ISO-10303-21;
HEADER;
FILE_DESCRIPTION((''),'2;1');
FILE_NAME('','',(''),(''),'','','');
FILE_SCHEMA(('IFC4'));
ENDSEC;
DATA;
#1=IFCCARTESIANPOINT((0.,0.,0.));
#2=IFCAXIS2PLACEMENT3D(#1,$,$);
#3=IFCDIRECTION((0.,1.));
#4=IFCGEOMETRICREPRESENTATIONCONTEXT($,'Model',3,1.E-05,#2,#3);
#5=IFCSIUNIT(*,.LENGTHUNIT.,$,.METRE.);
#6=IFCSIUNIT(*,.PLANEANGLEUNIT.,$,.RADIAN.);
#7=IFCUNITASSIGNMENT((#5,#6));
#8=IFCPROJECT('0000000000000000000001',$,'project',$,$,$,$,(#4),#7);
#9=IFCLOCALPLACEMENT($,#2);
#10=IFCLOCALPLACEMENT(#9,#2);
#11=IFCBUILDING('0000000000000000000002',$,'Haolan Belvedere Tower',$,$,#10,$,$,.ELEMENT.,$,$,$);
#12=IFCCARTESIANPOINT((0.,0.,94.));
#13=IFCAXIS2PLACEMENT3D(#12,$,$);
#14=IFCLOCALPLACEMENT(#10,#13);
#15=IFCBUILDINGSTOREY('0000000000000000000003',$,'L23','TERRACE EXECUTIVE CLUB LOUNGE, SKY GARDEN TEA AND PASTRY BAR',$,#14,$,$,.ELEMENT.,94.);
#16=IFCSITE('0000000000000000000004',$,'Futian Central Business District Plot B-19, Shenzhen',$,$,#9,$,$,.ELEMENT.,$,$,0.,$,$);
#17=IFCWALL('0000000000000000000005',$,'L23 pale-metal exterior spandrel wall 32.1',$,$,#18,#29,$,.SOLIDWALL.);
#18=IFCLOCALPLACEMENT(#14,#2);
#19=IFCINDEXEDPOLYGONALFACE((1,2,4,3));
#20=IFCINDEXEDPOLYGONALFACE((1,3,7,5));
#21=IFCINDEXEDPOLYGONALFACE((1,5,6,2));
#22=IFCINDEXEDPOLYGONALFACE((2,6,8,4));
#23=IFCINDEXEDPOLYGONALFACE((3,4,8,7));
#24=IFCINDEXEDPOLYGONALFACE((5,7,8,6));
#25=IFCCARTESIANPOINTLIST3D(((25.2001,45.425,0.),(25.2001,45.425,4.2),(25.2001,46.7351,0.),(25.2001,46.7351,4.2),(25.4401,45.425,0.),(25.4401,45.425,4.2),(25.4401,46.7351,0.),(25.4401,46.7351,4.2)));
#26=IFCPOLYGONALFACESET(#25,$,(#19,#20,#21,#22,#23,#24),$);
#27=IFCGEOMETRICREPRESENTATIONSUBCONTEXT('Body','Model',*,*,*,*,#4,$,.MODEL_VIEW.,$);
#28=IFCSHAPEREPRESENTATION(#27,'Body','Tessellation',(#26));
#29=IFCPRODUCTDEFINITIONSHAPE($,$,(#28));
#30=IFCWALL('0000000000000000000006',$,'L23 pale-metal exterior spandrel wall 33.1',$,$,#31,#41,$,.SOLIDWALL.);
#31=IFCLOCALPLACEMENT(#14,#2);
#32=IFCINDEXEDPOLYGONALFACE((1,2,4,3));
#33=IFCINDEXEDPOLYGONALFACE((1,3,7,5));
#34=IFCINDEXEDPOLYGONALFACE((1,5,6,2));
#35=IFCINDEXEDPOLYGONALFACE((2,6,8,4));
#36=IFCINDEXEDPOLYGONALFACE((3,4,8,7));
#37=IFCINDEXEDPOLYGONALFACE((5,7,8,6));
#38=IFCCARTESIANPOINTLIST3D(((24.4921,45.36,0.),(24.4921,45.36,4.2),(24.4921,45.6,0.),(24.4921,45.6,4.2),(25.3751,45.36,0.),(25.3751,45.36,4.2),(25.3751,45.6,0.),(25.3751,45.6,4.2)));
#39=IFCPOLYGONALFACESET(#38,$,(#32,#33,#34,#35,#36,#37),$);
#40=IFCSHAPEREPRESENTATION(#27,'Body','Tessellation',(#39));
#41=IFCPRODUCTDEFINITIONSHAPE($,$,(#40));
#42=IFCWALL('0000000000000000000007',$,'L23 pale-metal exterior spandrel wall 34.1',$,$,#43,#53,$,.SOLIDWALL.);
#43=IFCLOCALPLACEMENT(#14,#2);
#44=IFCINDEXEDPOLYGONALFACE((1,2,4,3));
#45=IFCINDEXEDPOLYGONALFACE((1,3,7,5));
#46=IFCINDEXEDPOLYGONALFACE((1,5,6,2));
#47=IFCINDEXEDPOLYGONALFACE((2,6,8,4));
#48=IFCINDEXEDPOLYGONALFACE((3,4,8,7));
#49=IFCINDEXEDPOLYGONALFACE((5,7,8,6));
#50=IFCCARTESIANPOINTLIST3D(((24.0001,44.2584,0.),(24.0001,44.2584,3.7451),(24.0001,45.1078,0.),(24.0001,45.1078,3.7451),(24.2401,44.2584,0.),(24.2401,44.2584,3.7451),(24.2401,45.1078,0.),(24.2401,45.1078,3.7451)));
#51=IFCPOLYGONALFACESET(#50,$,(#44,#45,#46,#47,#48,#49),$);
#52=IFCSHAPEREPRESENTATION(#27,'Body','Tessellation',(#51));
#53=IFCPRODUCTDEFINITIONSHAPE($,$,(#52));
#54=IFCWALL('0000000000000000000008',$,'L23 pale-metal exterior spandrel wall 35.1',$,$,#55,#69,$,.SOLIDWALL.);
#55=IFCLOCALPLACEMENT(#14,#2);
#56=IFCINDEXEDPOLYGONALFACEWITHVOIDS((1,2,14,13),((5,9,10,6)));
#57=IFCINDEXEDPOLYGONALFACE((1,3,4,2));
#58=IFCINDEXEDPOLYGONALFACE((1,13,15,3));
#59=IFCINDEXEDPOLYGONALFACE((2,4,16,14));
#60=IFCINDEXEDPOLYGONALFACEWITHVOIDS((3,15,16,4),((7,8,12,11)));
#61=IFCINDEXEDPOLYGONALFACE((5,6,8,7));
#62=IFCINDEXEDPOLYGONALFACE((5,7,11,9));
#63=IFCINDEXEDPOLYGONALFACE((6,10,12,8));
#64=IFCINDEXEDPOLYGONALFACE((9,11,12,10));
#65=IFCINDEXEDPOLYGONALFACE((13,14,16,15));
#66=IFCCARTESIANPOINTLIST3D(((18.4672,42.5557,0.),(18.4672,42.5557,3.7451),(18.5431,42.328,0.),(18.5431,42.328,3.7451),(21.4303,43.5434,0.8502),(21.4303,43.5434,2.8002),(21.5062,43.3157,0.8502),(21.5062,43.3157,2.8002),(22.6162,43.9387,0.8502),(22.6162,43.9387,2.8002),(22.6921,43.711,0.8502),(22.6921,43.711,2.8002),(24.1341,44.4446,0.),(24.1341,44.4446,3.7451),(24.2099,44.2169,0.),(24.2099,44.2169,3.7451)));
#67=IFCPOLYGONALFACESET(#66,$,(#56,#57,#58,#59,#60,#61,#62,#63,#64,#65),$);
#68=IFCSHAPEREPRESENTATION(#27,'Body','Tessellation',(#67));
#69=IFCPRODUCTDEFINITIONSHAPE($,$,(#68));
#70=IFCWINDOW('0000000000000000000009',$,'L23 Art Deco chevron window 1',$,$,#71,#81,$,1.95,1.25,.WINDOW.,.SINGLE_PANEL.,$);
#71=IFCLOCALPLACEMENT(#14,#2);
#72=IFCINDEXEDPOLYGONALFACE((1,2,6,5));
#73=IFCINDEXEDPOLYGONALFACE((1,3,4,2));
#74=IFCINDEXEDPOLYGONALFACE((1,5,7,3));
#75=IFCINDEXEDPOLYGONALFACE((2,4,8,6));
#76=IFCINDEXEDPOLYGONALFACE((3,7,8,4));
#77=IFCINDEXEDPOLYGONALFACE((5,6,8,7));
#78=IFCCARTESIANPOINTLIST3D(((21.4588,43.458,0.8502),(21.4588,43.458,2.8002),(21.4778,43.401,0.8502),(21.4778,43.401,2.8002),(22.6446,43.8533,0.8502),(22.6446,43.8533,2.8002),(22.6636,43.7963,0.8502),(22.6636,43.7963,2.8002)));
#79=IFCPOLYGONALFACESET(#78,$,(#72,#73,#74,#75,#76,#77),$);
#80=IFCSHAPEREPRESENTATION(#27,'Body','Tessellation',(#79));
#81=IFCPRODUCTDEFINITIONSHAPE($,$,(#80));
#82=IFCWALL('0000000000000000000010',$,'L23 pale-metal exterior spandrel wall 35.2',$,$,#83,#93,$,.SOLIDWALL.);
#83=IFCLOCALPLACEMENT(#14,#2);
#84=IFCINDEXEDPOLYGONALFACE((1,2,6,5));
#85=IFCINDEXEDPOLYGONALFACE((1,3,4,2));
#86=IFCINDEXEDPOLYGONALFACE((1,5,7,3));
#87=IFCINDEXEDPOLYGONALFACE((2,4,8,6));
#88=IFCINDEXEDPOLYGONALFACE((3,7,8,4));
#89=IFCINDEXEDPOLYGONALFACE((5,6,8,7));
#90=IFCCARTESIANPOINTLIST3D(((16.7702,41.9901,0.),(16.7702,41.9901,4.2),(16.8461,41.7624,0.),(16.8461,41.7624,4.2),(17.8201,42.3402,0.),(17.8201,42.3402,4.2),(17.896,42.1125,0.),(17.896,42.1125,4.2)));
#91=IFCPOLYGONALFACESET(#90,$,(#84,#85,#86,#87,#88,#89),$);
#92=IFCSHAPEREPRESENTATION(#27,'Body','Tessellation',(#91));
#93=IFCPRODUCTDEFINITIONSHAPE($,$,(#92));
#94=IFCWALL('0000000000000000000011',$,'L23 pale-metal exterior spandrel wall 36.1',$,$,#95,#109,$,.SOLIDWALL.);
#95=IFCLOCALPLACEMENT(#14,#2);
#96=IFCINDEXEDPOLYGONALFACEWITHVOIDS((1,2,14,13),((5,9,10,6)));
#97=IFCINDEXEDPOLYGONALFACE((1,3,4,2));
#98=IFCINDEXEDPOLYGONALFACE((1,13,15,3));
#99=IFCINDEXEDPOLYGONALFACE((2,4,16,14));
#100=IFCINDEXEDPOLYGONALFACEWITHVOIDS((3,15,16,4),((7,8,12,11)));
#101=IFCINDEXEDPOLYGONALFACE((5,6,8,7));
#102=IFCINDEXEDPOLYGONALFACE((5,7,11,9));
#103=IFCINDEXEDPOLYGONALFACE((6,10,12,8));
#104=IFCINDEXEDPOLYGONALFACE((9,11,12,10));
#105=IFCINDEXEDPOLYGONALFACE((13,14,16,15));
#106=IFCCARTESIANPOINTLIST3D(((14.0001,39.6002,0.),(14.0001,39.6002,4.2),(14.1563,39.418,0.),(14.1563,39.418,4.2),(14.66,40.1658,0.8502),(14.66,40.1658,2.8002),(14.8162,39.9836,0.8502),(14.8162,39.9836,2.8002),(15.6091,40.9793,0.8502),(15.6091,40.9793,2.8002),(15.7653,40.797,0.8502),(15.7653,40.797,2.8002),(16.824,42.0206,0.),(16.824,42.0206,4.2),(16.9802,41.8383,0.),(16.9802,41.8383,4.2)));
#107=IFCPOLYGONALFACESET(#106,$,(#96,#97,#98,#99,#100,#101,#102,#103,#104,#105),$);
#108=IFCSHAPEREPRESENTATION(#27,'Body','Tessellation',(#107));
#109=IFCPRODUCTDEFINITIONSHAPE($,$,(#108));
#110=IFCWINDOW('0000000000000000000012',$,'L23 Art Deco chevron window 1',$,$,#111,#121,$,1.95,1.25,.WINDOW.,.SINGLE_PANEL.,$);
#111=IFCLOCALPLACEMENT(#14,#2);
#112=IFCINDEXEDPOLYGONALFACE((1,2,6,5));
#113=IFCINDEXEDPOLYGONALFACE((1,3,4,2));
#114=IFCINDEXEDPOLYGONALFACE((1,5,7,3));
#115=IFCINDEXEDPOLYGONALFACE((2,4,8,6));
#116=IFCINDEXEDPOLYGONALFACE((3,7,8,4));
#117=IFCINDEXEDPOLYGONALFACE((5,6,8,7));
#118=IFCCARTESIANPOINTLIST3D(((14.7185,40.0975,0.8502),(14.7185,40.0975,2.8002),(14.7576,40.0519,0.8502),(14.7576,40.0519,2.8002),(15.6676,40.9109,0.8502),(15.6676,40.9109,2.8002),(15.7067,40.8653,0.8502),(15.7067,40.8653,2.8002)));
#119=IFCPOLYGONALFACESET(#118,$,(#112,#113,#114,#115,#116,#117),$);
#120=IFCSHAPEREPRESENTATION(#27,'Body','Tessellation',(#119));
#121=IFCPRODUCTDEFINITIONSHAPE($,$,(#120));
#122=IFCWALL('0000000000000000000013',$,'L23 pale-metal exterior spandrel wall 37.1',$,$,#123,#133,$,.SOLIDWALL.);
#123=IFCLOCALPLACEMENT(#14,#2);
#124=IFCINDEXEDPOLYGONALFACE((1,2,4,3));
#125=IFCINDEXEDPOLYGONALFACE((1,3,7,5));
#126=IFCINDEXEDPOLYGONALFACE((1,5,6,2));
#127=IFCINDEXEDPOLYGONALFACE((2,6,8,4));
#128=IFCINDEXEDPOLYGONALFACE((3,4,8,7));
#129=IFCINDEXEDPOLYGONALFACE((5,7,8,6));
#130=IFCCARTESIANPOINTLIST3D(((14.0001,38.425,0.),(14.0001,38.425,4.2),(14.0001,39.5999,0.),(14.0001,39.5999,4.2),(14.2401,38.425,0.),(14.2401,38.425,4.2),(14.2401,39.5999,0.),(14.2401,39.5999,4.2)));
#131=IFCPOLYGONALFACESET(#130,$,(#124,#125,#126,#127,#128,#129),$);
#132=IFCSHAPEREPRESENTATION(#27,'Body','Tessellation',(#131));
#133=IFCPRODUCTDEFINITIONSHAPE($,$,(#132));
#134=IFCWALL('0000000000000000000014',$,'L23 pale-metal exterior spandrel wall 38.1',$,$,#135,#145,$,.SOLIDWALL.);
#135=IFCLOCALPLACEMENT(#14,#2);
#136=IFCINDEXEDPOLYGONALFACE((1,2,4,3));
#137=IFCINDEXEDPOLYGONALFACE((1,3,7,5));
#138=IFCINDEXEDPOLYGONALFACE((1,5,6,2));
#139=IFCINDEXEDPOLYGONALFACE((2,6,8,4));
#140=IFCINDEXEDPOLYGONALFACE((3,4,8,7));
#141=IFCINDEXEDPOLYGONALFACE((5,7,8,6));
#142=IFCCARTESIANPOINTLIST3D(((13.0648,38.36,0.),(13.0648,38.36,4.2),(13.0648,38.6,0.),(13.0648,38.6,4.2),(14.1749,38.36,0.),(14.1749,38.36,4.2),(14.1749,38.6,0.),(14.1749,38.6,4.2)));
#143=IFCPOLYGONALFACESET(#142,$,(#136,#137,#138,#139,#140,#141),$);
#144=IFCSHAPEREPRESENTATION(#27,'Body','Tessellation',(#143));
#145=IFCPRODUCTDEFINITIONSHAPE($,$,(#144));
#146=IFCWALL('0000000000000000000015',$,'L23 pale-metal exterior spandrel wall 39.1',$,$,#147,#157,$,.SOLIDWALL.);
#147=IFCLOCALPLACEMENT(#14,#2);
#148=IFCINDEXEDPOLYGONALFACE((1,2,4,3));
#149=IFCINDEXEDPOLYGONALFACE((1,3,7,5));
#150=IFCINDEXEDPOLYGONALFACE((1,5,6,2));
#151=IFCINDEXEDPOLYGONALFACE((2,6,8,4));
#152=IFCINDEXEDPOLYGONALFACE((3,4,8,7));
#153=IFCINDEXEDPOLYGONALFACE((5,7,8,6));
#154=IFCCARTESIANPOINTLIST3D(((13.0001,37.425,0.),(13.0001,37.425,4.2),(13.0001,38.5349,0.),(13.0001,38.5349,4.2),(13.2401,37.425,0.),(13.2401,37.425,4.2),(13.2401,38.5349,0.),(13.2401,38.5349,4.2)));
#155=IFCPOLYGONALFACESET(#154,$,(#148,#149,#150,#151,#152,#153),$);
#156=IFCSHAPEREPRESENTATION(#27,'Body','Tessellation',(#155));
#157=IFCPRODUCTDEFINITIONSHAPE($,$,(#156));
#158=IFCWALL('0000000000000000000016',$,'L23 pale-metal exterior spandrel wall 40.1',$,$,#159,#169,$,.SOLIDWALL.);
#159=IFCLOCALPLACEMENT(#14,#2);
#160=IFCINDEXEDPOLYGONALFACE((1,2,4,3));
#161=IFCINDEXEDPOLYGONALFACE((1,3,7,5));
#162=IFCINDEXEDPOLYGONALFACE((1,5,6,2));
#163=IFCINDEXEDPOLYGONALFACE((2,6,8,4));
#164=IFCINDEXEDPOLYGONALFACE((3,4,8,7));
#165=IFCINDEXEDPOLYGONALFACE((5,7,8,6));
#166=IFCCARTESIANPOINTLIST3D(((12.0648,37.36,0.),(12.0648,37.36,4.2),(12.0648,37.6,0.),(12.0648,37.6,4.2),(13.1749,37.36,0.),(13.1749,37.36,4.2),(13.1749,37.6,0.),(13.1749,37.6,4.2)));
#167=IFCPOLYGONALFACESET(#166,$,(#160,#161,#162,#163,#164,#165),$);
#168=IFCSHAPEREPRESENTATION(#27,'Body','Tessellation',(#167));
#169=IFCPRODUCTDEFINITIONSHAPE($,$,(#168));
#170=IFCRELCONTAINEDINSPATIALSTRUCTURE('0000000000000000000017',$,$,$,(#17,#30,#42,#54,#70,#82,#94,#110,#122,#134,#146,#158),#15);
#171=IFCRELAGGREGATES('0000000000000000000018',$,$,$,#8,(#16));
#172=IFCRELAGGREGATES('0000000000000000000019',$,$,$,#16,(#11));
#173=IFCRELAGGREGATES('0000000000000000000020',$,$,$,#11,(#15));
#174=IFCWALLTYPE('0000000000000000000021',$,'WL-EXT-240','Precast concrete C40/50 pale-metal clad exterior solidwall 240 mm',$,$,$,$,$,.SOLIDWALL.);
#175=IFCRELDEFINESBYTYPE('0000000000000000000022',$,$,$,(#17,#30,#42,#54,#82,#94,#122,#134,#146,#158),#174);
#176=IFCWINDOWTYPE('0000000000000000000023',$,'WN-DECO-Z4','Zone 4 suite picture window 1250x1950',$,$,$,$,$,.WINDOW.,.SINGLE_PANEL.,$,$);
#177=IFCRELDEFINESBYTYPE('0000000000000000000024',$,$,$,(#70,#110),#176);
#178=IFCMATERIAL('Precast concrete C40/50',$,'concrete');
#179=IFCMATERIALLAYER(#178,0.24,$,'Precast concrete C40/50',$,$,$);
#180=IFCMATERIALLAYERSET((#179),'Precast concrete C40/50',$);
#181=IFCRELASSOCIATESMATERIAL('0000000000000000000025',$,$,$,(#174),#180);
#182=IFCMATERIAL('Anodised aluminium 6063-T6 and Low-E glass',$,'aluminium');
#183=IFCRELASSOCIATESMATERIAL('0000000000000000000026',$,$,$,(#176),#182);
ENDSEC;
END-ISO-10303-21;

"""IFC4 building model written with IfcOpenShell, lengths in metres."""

from ifc_helpers import new_model, si_unit, direction, frame, frame_2d, origin, place, context, subcontext, project, spatial, rectangle, extrude, material, layer, layer_set, type_object, element, fill, save


model = new_model("IFC4")

# Units and contexts
model_context = context("Model", 3, precision=1e-05, world=origin(), true_north=direction((0.0, 1.0)))
body_context = subcontext(model_context, "Body", "Model", "MODEL_VIEW")
ifc_project = project(units=[si_unit("LENGTHUNIT", "METRE"), si_unit("PLANEANGLEUNIT", "RADIAN")], contexts=[model_context])

# Site, building, storey
site_placement = place(None, origin())
site = spatial("IfcSite", under=ifc_project, at=site_placement, Name="Futian Central Business District Plot B-19, Shenzhen", CompositionType="ELEMENT", RefElevation=0.0)
building_placement = place(site_placement, origin())
building = spatial("IfcBuilding", under=site, at=building_placement, Name="Haolan Belvedere Tower", CompositionType="ELEMENT")
storey_placement = place(building_placement, frame((0.0, 0.0, 94.0)))
storey = spatial("IfcBuildingStorey", under=building, at=storey_placement, Name="L23", Description="TERRACE EXECUTIVE CLUB LOUNGE, SKY GARDEN TEA AND PASTRY BAR", CompositionType="ELEMENT", Elevation=94.0)

# Walls
ifc_material_1 = material(Name="Precast concrete C40/50", Category="concrete")
ifc_layer = layer(ifc_material_1, 0.24, Name="Precast concrete C40/50")
ifc_layer_set = layer_set([ifc_layer], Name="Precast concrete C40/50")
wall_type = type_object("IfcWallType", Name="WL-EXT-240", Description="Precast concrete C40/50 pale-metal clad exterior solidwall 240 mm", PredefinedType="SOLIDWALL", material=ifc_layer_set)
wall_1_placement = place(storey_placement, frame((25.3201, 46.7351, 0.0), z_axis=(0.0, 0.0, 1.0), x_axis=(0.0, -1.0, 0.0)))
element("IfcWall", 1, at=wall_1_placement, inside=storey, type_object=wall_type, Name="L23 pale-metal exterior spandrel wall 32.1", PredefinedType="SOLIDWALL", context=body_context, shape_type="SweptSolid", body=[
    extrude(rectangle(XDim=1.3101, YDim=0.24, at=frame_2d((0.655, 0.0))), origin(), (0.0, 0.0, 1.0), 4.2),
])
wall_2_placement = place(storey_placement, frame((25.375, 45.48, 0.0), z_axis=(0.0, 0.0, 1.0), x_axis=(-1.0, 0.0, 0.0)))
element("IfcWall", 2, at=wall_2_placement, inside=storey, type_object=wall_type, Name="L23 pale-metal exterior spandrel wall 33.1", PredefinedType="SOLIDWALL", context=body_context, shape_type="SweptSolid", body=[
    extrude(rectangle(XDim=0.8831, YDim=0.24, at=frame_2d((0.4414, 0.0))), origin(), (0.0, 0.0, 1.0), 4.2),
])
wall_3_placement = place(storey_placement, frame((24.1201, 45.1079, 0.0), z_axis=(0.0, 0.0, 1.0), x_axis=(0.0, -1.0, 0.0)))
element("IfcWall", 3, at=wall_3_placement, inside=storey, type_object=wall_type, Name="L23 pale-metal exterior spandrel wall 34.1", PredefinedType="SOLIDWALL", context=body_context, shape_type="SweptSolid", body=[
    extrude(rectangle(XDim=0.8494, YDim=0.24, at=frame_2d((0.4248, 0.0))), origin(), (0.0, 0.0, 1.0), 3.7451),
])

# Wall, opening, window
wall_4_placement = place(storey_placement, frame((24.1721, 44.3308, 0.0), z_axis=(0.0, 0.0, 1.0), x_axis=(-0.948683, -0.316228, 0.0)))
wall_4 = element("IfcWall", 4, at=wall_4_placement, inside=storey, type_object=wall_type, Name="L23 pale-metal exterior spandrel wall 35.1", PredefinedType="SOLIDWALL", context=body_context, shape_type="SweptSolid", body=[
    extrude(rectangle(XDim=5.9734, YDim=0.24, at=frame_2d((2.9868, 0.0))), origin(), (0.0, 0.0, 1.0), 3.7451),
])
opening_1_placement = place(wall_4_placement, frame((1.6001, 0.0, 0.8501)))
opening_1 = element("IfcOpeningElement", 5, at=opening_1_placement, cuts=wall_4, PredefinedType="OPENING", context=body_context, shape_type="SweptSolid", body=[
    extrude(rectangle(XDim=1.25, YDim=1.95, at=frame_2d((0.625, 0.9751))), frame((0.0, 0.1299, 0.0), z_axis=(0.0, -1.0, 0.0), x_axis=(1.0, 0.0, 0.0)), (0.0, 0.0, 1.0), 0.26),
])
ifc_material_2 = material(Name="Anodised aluminium 6063-T6 and Low-E glass", Category="aluminium")
window_type = type_object("IfcWindowType", Name="WN-DECO-Z4", Description="Zone 4 suite picture window 1250x1950", PartitioningType="SINGLE_PANEL", PredefinedType="WINDOW", material=ifc_material_2)
window_1_placement = place(opening_1_placement, origin())
window_1 = element("IfcWindow", 6, at=window_1_placement, inside=storey, type_object=window_type, Name="L23 Art Deco chevron window 1", OverallHeight=1.95, OverallWidth=1.25, PartitioningType="SINGLE_PANEL", PredefinedType="WINDOW", context=body_context, shape_type="SweptSolid", body=[
    extrude(rectangle(XDim=1.25, YDim=1.95, at=frame_2d((0.625, 0.9751))), frame((0.0, 0.03, 0.0), z_axis=(0.0, -1.0, 0.0), x_axis=(1.0, 0.0, 0.0)), (0.0, 0.0, 1.0), 0.0601),
])
fill(opening_1, window_1)

# Wall
wall_5_placement = place(storey_placement, frame((17.8579, 42.2263, 0.0), z_axis=(0.0, 0.0, 1.0), x_axis=(-0.948639, -0.31636, 0.0)))
element("IfcWall", 7, at=wall_5_placement, inside=storey, type_object=wall_type, Name="L23 pale-metal exterior spandrel wall 35.2", PredefinedType="SOLIDWALL", context=body_context, shape_type="SweptSolid", body=[
    extrude(rectangle(XDim=1.1067, YDim=0.24, at=frame_2d((0.5532, 0.0))), origin(), (0.0, 0.0, 1.0), 4.2),
])

# Wall, opening, window
wall_6_placement = place(storey_placement, frame((16.9021, 41.9294, 0.0), z_axis=(0.0, 0.0, 1.0), x_axis=(-0.759275, -0.65077, 0.0)))
wall_6 = element("IfcWall", 8, at=wall_6_placement, inside=storey, type_object=wall_type, Name="L23 pale-metal exterior spandrel wall 36.1", PredefinedType="SOLIDWALL", context=body_context, shape_type="SweptSolid", body=[
    extrude(rectangle(XDim=3.7192, YDim=0.24, at=frame_2d((1.8596, 0.0))), origin(), (0.0, 0.0, 1.0), 4.2),
])
opening_2_placement = place(wall_6_placement, frame((1.6001, 0.0, 0.8501)))
opening_2 = element("IfcOpeningElement", 9, at=opening_2_placement, cuts=wall_6, PredefinedType="OPENING", context=body_context, shape_type="SweptSolid", body=[
    extrude(rectangle(XDim=1.25, YDim=1.95, at=frame_2d((0.625, 0.9751))), frame((0.0, 0.1299, 0.0), z_axis=(0.0, -1.0, 0.0), x_axis=(1.0, 0.0, 0.0)), (0.0, 0.0, 1.0), 0.26),
])
window_2_placement = place(opening_2_placement, origin())
window_2 = element("IfcWindow", 10, at=window_2_placement, inside=storey, type_object=window_type, Name="L23 Art Deco chevron window 1", OverallHeight=1.95, OverallWidth=1.25, PartitioningType="SINGLE_PANEL", PredefinedType="WINDOW", context=body_context, shape_type="SweptSolid", body=[
    extrude(rectangle(XDim=1.25, YDim=1.95, at=frame_2d((0.625, 0.9751))), frame((0.0, 0.03, 0.0), z_axis=(0.0, -1.0, 0.0), x_axis=(1.0, 0.0, 0.0)), (0.0, 0.0, 1.0), 0.0601),
])
fill(opening_2, window_2)

# Walls
wall_7_placement = place(storey_placement, frame((14.1201, 39.5999, 0.0), z_axis=(0.0, 0.0, 1.0), x_axis=(0.0, -1.0, 0.0)))
element("IfcWall", 11, at=wall_7_placement, inside=storey, type_object=wall_type, Name="L23 pale-metal exterior spandrel wall 37.1", PredefinedType="SOLIDWALL", context=body_context, shape_type="SweptSolid", body=[
    extrude(rectangle(XDim=1.1748, YDim=0.24, at=frame_2d((0.5874, 0.0))), origin(), (0.0, 0.0, 1.0), 4.2),
])
wall_8_placement = place(storey_placement, frame((14.175, 38.48, 0.0), z_axis=(0.0, 0.0, 1.0), x_axis=(-1.0, 0.0, 0.0)))
element("IfcWall", 12, at=wall_8_placement, inside=storey, type_object=wall_type, Name="L23 pale-metal exterior spandrel wall 38.1", PredefinedType="SOLIDWALL", context=body_context, shape_type="SweptSolid", body=[
    extrude(rectangle(XDim=1.1101, YDim=0.24, at=frame_2d((0.5552, 0.0))), origin(), (0.0, 0.0, 1.0), 4.2),
])
wall_9_placement = place(storey_placement, frame((13.1201, 38.5349, 0.0), z_axis=(0.0, 0.0, 1.0), x_axis=(0.0, -1.0, 0.0)))
element("IfcWall", 13, at=wall_9_placement, inside=storey, type_object=wall_type, Name="L23 pale-metal exterior spandrel wall 39.1", PredefinedType="SOLIDWALL", context=body_context, shape_type="SweptSolid", body=[
    extrude(rectangle(XDim=1.1099, YDim=0.24, at=frame_2d((0.5549, 0.0))), origin(), (0.0, 0.0, 1.0), 4.2),
])
wall_10_placement = place(storey_placement, frame((13.175, 37.48, 0.0), z_axis=(0.0, 0.0, 1.0), x_axis=(-1.0, 0.0, 0.0)))
element("IfcWall", 14, at=wall_10_placement, inside=storey, type_object=wall_type, Name="L23 pale-metal exterior spandrel wall 40.1", PredefinedType="SOLIDWALL", context=body_context, shape_type="SweptSolid", body=[
    extrude(rectangle(XDim=1.1101, YDim=0.24, at=frame_2d((0.5552, 0.0))), origin(), (0.0, 0.0, 1.0), 4.2),
])

save(model, "model.ifc")
